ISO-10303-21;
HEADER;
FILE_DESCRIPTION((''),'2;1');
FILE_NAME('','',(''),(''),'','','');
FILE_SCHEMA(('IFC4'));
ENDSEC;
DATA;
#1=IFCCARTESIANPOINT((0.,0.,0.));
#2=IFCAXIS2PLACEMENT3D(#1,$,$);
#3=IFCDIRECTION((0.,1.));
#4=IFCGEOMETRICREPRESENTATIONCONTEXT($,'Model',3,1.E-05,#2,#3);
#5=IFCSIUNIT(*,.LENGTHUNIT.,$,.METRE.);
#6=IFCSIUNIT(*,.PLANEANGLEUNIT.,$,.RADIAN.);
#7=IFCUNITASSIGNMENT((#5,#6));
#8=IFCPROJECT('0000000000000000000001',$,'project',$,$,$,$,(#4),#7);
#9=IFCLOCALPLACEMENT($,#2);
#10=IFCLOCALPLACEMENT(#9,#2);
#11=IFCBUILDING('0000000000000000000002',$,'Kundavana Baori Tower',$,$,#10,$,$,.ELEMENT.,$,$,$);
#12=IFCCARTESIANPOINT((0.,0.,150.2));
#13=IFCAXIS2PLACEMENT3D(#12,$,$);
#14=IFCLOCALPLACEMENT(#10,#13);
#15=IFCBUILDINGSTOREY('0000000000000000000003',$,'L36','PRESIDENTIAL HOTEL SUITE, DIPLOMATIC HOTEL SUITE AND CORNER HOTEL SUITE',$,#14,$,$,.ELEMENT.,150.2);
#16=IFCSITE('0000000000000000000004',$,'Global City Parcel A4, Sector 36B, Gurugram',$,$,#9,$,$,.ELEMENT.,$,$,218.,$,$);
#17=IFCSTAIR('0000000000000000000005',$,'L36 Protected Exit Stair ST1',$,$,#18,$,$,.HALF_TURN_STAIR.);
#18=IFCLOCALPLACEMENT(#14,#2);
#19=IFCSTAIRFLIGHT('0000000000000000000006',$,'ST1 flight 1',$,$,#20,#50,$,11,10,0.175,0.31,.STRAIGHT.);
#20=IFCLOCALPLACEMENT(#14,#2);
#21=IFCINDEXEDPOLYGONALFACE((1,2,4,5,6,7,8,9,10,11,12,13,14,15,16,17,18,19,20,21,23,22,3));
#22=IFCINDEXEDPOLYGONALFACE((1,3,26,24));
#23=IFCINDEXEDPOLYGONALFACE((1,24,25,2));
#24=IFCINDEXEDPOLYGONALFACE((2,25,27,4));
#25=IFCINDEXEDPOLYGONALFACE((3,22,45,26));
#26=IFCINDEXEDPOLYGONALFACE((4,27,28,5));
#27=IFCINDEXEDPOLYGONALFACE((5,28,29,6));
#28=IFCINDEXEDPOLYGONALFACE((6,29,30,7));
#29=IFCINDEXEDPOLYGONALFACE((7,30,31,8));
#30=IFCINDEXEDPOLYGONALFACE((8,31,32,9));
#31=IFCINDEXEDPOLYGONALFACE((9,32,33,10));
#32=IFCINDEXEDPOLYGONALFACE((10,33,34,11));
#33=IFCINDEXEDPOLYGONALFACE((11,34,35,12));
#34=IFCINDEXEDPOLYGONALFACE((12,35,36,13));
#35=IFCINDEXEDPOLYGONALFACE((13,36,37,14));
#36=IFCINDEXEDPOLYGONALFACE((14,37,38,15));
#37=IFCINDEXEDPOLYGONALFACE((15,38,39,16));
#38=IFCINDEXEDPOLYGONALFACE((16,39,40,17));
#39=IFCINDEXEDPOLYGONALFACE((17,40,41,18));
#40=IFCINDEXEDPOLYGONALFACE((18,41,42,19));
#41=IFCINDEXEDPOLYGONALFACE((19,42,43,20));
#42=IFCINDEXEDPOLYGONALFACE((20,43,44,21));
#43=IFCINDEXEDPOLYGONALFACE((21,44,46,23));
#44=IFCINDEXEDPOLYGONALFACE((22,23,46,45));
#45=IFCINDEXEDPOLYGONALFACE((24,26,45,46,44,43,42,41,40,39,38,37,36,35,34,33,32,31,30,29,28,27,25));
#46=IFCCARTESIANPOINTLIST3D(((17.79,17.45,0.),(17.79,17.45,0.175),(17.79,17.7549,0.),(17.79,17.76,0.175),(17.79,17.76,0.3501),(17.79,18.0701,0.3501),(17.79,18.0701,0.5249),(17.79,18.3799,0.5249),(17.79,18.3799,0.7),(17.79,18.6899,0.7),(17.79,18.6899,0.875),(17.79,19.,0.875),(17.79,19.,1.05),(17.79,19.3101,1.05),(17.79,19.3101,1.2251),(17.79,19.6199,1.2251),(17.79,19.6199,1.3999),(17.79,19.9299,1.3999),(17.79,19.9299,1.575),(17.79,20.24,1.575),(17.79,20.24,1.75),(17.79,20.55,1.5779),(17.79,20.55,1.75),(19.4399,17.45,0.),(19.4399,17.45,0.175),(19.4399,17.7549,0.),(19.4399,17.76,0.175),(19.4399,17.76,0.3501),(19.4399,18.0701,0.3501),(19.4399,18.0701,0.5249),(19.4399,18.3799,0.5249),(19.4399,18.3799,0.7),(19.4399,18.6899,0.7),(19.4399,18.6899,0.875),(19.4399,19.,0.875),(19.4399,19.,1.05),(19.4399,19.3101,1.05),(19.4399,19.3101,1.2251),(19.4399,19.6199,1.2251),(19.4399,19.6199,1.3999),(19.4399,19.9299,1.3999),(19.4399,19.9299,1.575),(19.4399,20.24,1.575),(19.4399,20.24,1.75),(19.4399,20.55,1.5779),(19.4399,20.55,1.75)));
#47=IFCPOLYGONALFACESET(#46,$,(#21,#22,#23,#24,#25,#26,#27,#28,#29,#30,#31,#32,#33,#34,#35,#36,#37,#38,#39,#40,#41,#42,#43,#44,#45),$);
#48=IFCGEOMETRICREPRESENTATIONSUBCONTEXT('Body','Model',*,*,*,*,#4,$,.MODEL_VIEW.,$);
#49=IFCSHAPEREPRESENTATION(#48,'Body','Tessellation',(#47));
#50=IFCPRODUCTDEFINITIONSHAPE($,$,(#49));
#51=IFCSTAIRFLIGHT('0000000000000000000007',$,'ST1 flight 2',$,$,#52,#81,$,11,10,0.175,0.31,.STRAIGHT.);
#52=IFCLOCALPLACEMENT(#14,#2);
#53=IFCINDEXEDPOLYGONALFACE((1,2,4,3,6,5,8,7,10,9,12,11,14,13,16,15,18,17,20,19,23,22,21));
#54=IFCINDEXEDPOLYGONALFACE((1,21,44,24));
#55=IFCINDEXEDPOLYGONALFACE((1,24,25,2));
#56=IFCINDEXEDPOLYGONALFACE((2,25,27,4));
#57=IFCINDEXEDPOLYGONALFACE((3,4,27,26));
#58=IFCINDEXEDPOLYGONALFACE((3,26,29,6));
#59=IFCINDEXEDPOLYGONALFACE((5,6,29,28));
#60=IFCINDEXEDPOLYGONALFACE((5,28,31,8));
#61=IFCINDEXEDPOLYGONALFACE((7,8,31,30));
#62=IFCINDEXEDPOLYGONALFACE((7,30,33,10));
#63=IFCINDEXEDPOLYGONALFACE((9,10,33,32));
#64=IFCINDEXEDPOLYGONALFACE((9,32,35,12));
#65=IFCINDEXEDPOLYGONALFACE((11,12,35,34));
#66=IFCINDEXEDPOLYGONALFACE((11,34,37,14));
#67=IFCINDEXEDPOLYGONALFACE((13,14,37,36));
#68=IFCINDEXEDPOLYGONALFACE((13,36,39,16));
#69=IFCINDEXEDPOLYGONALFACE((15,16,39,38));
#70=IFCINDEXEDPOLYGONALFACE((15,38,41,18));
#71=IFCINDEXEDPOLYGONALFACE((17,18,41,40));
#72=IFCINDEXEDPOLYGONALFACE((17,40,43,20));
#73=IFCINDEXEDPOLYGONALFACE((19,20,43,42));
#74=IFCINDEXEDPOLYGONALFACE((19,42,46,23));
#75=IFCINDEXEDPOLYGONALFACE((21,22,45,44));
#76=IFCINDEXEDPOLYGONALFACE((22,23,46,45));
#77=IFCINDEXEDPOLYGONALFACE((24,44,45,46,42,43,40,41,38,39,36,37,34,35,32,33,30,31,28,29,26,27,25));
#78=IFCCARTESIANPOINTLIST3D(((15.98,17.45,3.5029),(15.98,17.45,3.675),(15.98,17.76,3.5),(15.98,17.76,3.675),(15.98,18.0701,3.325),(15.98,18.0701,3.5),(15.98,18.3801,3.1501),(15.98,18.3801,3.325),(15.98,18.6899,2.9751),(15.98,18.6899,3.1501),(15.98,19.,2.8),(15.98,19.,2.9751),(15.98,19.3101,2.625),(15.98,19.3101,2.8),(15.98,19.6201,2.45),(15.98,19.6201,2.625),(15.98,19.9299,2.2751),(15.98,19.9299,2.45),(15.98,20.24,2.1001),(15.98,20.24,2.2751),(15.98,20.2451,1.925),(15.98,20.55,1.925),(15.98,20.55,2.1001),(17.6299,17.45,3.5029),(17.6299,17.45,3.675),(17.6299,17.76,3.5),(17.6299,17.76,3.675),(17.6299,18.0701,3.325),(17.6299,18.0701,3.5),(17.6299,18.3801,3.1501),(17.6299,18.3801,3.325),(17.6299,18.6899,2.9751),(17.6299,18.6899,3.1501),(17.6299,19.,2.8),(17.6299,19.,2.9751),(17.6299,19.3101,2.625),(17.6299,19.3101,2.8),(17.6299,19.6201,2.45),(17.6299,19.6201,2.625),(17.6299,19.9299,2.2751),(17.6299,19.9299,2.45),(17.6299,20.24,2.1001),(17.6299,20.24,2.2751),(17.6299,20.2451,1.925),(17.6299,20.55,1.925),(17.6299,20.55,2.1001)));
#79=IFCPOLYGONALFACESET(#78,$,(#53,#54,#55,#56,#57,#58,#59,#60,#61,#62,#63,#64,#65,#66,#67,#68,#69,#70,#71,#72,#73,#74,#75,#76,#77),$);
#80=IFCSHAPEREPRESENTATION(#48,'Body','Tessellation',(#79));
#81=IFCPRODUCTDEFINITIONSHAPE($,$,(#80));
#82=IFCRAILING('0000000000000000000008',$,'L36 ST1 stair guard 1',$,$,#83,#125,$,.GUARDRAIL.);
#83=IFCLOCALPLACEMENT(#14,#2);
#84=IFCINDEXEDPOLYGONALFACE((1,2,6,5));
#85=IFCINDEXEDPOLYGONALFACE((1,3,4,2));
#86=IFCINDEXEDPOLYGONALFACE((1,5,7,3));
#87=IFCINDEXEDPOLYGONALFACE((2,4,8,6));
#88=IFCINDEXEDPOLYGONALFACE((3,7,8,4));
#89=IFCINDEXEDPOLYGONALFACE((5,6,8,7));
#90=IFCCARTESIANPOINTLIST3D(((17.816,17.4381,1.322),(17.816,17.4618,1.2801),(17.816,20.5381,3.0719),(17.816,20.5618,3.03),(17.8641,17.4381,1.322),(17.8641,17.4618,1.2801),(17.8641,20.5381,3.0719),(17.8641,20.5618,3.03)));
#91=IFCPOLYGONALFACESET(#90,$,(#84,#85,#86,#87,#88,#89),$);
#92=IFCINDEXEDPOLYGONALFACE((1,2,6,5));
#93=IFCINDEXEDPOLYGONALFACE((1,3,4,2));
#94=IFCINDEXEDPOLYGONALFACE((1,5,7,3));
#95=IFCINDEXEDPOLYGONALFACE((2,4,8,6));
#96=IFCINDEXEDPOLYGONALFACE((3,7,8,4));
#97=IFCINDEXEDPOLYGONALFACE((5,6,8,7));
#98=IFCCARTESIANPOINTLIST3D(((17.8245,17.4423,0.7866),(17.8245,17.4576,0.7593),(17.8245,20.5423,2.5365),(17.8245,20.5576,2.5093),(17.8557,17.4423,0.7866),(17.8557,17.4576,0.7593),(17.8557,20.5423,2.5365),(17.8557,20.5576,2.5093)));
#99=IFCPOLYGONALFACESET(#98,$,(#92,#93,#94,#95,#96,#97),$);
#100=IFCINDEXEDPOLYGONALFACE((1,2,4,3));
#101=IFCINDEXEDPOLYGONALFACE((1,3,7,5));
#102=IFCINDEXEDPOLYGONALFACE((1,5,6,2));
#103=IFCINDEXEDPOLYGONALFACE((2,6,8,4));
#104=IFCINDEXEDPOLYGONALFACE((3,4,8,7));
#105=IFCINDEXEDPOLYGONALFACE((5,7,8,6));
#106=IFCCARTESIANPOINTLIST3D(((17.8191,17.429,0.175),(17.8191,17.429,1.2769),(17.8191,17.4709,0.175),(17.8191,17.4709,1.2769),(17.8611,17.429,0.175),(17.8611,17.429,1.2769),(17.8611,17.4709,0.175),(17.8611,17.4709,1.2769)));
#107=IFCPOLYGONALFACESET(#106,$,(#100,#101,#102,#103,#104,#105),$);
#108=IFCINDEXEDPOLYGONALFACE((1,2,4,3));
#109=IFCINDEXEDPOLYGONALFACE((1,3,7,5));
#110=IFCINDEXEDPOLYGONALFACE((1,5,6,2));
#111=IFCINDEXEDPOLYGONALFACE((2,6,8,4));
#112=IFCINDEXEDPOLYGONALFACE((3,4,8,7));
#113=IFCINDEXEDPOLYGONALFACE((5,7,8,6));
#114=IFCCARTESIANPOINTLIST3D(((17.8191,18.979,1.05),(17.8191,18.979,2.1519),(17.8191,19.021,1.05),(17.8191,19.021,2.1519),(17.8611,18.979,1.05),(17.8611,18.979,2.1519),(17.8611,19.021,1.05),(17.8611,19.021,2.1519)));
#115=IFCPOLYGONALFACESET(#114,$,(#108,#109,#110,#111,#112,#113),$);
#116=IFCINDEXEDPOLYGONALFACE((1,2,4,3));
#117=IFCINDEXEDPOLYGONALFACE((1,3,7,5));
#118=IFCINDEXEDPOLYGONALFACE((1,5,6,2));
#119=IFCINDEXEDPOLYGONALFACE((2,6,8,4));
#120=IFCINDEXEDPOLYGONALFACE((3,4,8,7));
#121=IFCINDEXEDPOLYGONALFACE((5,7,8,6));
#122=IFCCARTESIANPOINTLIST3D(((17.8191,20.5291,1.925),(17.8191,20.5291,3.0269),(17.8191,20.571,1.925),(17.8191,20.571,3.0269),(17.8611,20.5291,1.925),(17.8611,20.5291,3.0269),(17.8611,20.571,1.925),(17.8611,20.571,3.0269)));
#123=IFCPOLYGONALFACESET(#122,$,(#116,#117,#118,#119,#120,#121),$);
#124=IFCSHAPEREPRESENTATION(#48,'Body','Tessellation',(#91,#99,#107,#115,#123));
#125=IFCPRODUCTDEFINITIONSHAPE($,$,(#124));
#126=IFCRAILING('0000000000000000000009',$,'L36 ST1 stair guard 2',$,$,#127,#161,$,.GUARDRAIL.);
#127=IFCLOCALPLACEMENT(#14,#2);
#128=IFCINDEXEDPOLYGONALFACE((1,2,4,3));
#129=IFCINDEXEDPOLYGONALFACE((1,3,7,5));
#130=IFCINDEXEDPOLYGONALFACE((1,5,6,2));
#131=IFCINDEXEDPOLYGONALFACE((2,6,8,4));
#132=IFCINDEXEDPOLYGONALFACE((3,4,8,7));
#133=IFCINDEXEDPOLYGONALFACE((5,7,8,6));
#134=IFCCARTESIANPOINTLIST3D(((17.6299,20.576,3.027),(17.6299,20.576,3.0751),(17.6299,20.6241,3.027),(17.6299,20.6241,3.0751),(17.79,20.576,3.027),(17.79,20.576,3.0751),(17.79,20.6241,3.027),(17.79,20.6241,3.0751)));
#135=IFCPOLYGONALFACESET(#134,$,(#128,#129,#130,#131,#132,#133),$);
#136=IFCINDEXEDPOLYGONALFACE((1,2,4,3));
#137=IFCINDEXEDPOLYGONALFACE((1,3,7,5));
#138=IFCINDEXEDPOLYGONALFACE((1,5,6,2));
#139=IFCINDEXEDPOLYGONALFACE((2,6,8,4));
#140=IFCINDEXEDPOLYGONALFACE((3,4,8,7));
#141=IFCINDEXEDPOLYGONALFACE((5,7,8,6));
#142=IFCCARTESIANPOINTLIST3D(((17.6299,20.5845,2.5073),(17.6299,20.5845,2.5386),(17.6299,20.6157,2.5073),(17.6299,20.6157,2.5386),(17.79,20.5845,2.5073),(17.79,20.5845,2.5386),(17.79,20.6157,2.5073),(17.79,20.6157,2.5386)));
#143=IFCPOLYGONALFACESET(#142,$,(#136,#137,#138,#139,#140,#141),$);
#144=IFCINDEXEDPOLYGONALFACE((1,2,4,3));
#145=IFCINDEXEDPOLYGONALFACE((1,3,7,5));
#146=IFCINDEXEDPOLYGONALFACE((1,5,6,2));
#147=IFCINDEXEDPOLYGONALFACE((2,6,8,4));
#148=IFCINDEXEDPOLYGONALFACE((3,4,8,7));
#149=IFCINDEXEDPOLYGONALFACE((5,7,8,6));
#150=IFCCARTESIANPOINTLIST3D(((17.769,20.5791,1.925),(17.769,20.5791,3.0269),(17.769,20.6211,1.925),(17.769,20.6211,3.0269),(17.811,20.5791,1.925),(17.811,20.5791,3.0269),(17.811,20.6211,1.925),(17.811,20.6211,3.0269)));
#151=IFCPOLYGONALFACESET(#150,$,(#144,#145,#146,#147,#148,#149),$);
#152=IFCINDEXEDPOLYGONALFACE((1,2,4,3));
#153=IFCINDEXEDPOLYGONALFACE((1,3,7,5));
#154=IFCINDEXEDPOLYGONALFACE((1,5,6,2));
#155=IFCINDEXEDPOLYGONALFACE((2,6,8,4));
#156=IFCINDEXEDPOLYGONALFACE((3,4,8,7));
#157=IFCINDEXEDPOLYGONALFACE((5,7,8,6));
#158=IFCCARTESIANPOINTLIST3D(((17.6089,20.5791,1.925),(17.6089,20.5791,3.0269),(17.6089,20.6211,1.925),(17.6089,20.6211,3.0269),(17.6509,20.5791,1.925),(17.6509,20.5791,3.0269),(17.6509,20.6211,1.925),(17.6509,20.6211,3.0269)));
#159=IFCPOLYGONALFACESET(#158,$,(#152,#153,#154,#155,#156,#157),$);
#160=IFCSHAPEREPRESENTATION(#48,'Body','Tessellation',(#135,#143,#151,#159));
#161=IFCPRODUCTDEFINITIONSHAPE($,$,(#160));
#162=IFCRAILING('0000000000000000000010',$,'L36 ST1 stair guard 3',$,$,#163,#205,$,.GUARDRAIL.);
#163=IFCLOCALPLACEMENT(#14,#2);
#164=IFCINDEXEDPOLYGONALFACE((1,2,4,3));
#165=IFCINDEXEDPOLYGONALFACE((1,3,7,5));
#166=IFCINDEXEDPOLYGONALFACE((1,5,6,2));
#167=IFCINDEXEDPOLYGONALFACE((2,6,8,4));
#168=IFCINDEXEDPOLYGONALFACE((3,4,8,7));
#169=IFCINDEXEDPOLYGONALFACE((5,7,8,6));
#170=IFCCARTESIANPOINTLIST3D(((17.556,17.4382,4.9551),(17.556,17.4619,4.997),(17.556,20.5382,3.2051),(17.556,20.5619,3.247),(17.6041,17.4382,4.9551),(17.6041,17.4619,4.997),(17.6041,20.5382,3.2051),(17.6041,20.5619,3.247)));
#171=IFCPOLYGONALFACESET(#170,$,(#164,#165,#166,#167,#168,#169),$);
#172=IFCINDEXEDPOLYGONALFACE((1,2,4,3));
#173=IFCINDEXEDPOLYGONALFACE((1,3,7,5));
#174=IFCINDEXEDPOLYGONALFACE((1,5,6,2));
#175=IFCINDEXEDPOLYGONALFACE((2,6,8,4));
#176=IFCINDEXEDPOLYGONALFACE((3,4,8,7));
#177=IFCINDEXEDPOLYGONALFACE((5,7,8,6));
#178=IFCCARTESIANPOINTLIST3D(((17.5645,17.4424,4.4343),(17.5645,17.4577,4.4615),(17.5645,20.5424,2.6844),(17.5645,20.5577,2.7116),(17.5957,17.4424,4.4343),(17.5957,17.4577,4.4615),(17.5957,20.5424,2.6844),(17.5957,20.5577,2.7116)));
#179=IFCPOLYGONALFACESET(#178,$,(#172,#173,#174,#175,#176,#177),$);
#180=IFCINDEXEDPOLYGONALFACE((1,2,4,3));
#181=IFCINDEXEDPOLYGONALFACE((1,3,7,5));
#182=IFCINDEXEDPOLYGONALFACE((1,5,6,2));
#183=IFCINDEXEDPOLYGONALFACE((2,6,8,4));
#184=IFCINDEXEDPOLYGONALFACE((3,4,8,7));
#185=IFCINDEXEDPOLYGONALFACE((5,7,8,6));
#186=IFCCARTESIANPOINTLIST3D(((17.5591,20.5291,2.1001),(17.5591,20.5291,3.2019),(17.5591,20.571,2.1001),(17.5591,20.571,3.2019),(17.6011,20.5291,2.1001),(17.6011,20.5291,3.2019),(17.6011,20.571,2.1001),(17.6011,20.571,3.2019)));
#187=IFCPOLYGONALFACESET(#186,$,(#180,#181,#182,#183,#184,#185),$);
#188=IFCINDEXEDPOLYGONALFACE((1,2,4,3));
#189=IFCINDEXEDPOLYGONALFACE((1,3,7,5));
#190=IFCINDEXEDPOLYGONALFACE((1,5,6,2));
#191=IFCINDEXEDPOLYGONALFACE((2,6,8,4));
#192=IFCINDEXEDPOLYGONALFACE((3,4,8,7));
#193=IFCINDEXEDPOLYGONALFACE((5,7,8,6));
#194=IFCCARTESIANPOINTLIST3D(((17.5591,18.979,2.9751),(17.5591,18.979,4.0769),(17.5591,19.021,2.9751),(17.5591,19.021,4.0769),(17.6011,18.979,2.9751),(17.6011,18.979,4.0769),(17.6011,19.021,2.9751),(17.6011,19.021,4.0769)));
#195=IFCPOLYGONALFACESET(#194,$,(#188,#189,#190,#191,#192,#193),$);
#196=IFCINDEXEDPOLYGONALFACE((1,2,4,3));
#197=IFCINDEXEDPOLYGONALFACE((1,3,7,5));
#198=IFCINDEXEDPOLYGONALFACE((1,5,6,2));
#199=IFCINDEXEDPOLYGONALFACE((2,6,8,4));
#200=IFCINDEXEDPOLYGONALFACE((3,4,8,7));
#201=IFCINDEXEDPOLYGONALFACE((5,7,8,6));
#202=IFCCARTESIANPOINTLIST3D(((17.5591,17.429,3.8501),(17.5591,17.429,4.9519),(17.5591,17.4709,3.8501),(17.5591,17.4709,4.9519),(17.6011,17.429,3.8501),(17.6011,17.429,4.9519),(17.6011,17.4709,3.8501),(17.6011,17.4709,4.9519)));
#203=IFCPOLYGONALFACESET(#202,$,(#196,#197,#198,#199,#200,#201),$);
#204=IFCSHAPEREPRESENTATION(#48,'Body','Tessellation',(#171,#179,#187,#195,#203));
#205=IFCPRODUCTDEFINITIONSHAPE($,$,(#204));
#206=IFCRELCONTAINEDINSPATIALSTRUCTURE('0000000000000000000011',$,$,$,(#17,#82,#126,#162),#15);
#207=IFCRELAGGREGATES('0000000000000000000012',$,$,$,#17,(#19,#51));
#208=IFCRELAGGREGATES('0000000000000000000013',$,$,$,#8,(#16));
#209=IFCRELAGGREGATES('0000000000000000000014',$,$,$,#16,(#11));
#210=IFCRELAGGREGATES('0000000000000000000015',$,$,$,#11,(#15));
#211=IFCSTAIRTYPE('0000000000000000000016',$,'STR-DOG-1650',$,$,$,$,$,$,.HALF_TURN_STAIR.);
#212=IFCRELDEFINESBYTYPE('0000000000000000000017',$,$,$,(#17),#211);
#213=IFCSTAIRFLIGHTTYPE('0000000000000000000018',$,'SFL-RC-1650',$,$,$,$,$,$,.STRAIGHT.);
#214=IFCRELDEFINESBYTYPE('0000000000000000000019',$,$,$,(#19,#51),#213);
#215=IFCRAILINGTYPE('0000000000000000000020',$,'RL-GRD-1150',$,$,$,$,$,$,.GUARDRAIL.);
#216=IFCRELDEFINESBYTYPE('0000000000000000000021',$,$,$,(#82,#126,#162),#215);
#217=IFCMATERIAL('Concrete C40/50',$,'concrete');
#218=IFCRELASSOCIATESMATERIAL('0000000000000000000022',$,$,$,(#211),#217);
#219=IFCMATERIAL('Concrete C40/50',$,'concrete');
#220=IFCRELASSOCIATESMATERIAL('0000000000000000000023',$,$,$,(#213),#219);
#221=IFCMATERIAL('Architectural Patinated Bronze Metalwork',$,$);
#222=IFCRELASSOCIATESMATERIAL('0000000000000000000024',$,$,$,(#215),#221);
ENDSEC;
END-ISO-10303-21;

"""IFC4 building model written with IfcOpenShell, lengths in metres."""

from ifc_helpers import new_model, si_unit, direction, frame, origin, origin_2d, place, context, subcontext, project, spatial, polyline, rectangle, outline, extrude, material, type_object, element, aggregate, save


model = new_model("IFC4")

# Units and contexts
model_context = context("Model", 3, precision=1e-05, world=origin(), true_north=direction((0.0, 1.0)))
body_context = subcontext(model_context, "Body", "Model", "MODEL_VIEW")
ifc_project = project(units=[si_unit("LENGTHUNIT", "METRE"), si_unit("PLANEANGLEUNIT", "RADIAN")], contexts=[model_context])

# Site, building, storey
site_placement = place(None, origin())
site = spatial("IfcSite", under=ifc_project, at=site_placement, Name="Global City Parcel A4, Sector 36B, Gurugram", CompositionType="ELEMENT", RefElevation=218.0)
building_placement = place(site_placement, origin())
building = spatial("IfcBuilding", under=site, at=building_placement, Name="Kundavana Baori Tower", CompositionType="ELEMENT")
storey_placement = place(building_placement, frame((0.0, 0.0, 150.2)))
storey = spatial("IfcBuildingStorey", under=building, at=storey_placement, Name="L36", Description="PRESIDENTIAL HOTEL SUITE, DIPLOMATIC HOTEL SUITE AND CORNER HOTEL SUITE", CompositionType="ELEMENT", Elevation=150.2)

# Stair, stair flights
ifc_material_1 = material(Name="Concrete C40/50", Category="concrete")
stair_type = type_object("IfcStairType", Name="STR-DOG-1650", PredefinedType="HALF_TURN_STAIR", material=ifc_material_1)
stair_placement = place(storey_placement, origin())
stair = element("IfcStair", 1, at=stair_placement, inside=storey, type_object=stair_type, Name="L36 Protected Exit Stair ST1", PredefinedType="HALF_TURN_STAIR")
ifc_material_2 = material(Name="Concrete C40/50", Category="concrete")
stair_flight_type = type_object("IfcStairFlightType", Name="SFL-RC-1650", PredefinedType="STRAIGHT", material=ifc_material_2)
stair_flight_1_placement = place(storey_placement, frame((18.615, 17.45, 0.0), z_axis=(0.0, 0.0, 1.0), x_axis=(0.0, 1.0, 0.0)))
stair_flight_1 = element("IfcStairFlight", 2, at=stair_flight_1_placement, type_object=stair_flight_type, Name="ST1 flight 1", NumberOfRisers=11, NumberOfTreads=10, PredefinedType="STRAIGHT", RiserHeight=0.175, TreadLength=0.31, context=body_context, shape_type="SweptSolid", body=[
    extrude(outline(polyline([(0.0, 0.0), (0.0, 0.175), (0.3101, 0.175), (0.3101, 0.3501), (0.6201, 0.3501), (0.6201, 0.5249), (0.9299, 0.5249), (0.9299, 0.7), (1.24, 0.7), (1.24, 0.875), (1.55, 0.875), (1.55, 1.05), (1.8601, 1.05), (1.8601, 1.2251), (2.1699, 1.2251), (2.1699, 1.3999), (2.48, 1.3999), (2.48, 1.575), (2.79, 1.575), (2.79, 1.75), (3.1001, 1.75), (3.1001, 1.925), (3.1001, 1.5779), (0.3049, 0.0), (0.0, 0.0)])), frame((0.0, 0.825, 0.0), z_axis=(0.0, -1.0, 0.0), x_axis=(1.0, 0.0, 0.0)), (0.0, 0.0, 1.0), 1.6499),
])
stair_flight_2_placement = place(storey_placement, frame((16.8049, 20.55, 1.925), z_axis=(0.0, 0.0, 1.0), x_axis=(0.0, -1.0, 0.0)))
stair_flight_2 = element("IfcStairFlight", 3, at=stair_flight_2_placement, type_object=stair_flight_type, Name="ST1 flight 2", NumberOfRisers=11, NumberOfTreads=10, PredefinedType="STRAIGHT", RiserHeight=0.175, TreadLength=0.31, context=body_context, shape_type="SweptSolid", body=[
    extrude(outline(polyline([(0.0, 0.0), (0.0, 0.175), (0.3101, 0.175), (0.3101, 0.3501), (0.6201, 0.3501), (0.6201, 0.5249), (0.9299, 0.5249), (0.9299, 0.7), (1.24, 0.7), (1.24, 0.875), (1.55, 0.875), (1.55, 1.05), (1.8601, 1.05), (1.8601, 1.2251), (2.1699, 1.2251), (2.1699, 1.3999), (2.48, 1.3999), (2.48, 1.575), (2.79, 1.575), (2.79, 1.75), (3.1001, 1.75), (3.1001, 1.925), (3.1001, 1.5779), (0.3049, 0.0), (0.0, 0.0)])), frame((0.0, 0.825, 0.0), z_axis=(0.0, -1.0, 0.0), x_axis=(1.0, 0.0, 0.0)), (0.0, 0.0, 1.0), 1.6499),
])
aggregate(stair, [stair_flight_1, stair_flight_2])

# Railings
ifc_material_3 = material(Name="Architectural Patinated Bronze Metalwork")
railing_type_1 = type_object("IfcRailingType", Name="RL-GRD-1150", PredefinedType="GUARDRAIL", material=ifc_material_3)
railing_1_placement = place(storey_placement, frame((17.8401, 17.45, 0.175)))
element("IfcRailing", 4, at=railing_1_placement, inside=storey, type_object=railing_type_1, Name="L36 ST1 stair guard 1", PredefinedType="GUARDRAIL", context=body_context, shape_type="SweptSolid", body=[
    extrude(rectangle(XDim=0.0481, YDim=0.0481, at=origin_2d()), frame((0.0, 0.0, 1.126), z_axis=(0.0, 0.870831, 0.491583), x_axis=(-1.0, 0.0, 0.0)), (0.0, 0.0, 1.0), 3.5598),
    extrude(rectangle(XDim=0.0312, YDim=0.0312, at=origin_2d()), frame((0.0, 0.0, 0.5979), z_axis=(0.0, 0.870831, 0.491583), x_axis=(-1.0, 0.0, 0.0)), (0.0, 0.0, 1.0), 3.5598),
    extrude(rectangle(XDim=0.042, YDim=0.042, at=origin_2d()), origin(), (0.0, 0.0, 1.0), 1.1018),
    extrude(rectangle(XDim=0.042, YDim=0.042, at=origin_2d()), frame((0.0, 1.55, 0.875)), (0.0, 0.0, 1.0), 1.1018),
    extrude(rectangle(XDim=0.042, YDim=0.042, at=origin_2d()), frame((0.0, 3.1001, 1.75)), (0.0, 0.0, 1.0), 1.1018),
])
railing_2_placement = place(storey_placement, frame((17.79, 20.6001, 1.925)))
element("IfcRailing", 5, at=railing_2_placement, inside=storey, type_object=railing_type_1, Name="L36 ST1 stair guard 2", PredefinedType="GUARDRAIL", context=body_context, shape_type="SweptSolid", body=[
    extrude(rectangle(XDim=0.0481, YDim=0.0481, at=origin_2d()), frame((0.0, 0.0, 1.126), z_axis=(-1.0, 0.0, 0.0), x_axis=(0.0, -1.0, 0.0)), (0.0, 0.0, 1.0), 0.1602),
    extrude(rectangle(XDim=0.0312, YDim=0.0312, at=origin_2d()), frame((0.0, 0.0, 0.5979), z_axis=(-1.0, 0.0, 0.0), x_axis=(0.0, -1.0, 0.0)), (0.0, 0.0, 1.0), 0.1602),
    extrude(rectangle(XDim=0.042, YDim=0.042, at=origin_2d()), origin(), (0.0, 0.0, 1.0), 1.1018),
    extrude(rectangle(XDim=0.042, YDim=0.042, at=origin_2d()), frame((-0.1602, 0.0, 0.0)), (0.0, 0.0, 1.0), 1.1018),
])
railing_3_placement = place(storey_placement, frame((17.5801, 20.55, 2.1001)))
element("IfcRailing", 6, at=railing_3_placement, inside=storey, type_object=railing_type_1, Name="L36 ST1 stair guard 3", PredefinedType="GUARDRAIL", context=body_context, shape_type="SweptSolid", body=[
    extrude(rectangle(XDim=0.0481, YDim=0.0481, at=origin_2d()), frame((0.0, 0.0, 1.126), z_axis=(0.0, -0.870831, 0.491583), x_axis=(1.0, 0.0, 0.0)), (0.0, 0.0, 1.0), 3.5598),
    extrude(rectangle(XDim=0.0312, YDim=0.0312, at=origin_2d()), frame((0.0, 0.0, 0.5979), z_axis=(0.0, -0.870831, 0.491583), x_axis=(1.0, 0.0, 0.0)), (0.0, 0.0, 1.0), 3.5598),
    extrude(rectangle(XDim=0.042, YDim=0.042, at=origin_2d()), origin(), (0.0, 0.0, 1.0), 1.1018),
    extrude(rectangle(XDim=0.042, YDim=0.042, at=origin_2d()), frame((0.0, -1.55, 0.875)), (0.0, 0.0, 1.0), 1.1018),
    extrude(rectangle(XDim=0.042, YDim=0.042, at=origin_2d()), frame((0.0, -3.1001, 1.75)), (0.0, 0.0, 1.0), 1.1018),
])

save(model, "model.ifc")
